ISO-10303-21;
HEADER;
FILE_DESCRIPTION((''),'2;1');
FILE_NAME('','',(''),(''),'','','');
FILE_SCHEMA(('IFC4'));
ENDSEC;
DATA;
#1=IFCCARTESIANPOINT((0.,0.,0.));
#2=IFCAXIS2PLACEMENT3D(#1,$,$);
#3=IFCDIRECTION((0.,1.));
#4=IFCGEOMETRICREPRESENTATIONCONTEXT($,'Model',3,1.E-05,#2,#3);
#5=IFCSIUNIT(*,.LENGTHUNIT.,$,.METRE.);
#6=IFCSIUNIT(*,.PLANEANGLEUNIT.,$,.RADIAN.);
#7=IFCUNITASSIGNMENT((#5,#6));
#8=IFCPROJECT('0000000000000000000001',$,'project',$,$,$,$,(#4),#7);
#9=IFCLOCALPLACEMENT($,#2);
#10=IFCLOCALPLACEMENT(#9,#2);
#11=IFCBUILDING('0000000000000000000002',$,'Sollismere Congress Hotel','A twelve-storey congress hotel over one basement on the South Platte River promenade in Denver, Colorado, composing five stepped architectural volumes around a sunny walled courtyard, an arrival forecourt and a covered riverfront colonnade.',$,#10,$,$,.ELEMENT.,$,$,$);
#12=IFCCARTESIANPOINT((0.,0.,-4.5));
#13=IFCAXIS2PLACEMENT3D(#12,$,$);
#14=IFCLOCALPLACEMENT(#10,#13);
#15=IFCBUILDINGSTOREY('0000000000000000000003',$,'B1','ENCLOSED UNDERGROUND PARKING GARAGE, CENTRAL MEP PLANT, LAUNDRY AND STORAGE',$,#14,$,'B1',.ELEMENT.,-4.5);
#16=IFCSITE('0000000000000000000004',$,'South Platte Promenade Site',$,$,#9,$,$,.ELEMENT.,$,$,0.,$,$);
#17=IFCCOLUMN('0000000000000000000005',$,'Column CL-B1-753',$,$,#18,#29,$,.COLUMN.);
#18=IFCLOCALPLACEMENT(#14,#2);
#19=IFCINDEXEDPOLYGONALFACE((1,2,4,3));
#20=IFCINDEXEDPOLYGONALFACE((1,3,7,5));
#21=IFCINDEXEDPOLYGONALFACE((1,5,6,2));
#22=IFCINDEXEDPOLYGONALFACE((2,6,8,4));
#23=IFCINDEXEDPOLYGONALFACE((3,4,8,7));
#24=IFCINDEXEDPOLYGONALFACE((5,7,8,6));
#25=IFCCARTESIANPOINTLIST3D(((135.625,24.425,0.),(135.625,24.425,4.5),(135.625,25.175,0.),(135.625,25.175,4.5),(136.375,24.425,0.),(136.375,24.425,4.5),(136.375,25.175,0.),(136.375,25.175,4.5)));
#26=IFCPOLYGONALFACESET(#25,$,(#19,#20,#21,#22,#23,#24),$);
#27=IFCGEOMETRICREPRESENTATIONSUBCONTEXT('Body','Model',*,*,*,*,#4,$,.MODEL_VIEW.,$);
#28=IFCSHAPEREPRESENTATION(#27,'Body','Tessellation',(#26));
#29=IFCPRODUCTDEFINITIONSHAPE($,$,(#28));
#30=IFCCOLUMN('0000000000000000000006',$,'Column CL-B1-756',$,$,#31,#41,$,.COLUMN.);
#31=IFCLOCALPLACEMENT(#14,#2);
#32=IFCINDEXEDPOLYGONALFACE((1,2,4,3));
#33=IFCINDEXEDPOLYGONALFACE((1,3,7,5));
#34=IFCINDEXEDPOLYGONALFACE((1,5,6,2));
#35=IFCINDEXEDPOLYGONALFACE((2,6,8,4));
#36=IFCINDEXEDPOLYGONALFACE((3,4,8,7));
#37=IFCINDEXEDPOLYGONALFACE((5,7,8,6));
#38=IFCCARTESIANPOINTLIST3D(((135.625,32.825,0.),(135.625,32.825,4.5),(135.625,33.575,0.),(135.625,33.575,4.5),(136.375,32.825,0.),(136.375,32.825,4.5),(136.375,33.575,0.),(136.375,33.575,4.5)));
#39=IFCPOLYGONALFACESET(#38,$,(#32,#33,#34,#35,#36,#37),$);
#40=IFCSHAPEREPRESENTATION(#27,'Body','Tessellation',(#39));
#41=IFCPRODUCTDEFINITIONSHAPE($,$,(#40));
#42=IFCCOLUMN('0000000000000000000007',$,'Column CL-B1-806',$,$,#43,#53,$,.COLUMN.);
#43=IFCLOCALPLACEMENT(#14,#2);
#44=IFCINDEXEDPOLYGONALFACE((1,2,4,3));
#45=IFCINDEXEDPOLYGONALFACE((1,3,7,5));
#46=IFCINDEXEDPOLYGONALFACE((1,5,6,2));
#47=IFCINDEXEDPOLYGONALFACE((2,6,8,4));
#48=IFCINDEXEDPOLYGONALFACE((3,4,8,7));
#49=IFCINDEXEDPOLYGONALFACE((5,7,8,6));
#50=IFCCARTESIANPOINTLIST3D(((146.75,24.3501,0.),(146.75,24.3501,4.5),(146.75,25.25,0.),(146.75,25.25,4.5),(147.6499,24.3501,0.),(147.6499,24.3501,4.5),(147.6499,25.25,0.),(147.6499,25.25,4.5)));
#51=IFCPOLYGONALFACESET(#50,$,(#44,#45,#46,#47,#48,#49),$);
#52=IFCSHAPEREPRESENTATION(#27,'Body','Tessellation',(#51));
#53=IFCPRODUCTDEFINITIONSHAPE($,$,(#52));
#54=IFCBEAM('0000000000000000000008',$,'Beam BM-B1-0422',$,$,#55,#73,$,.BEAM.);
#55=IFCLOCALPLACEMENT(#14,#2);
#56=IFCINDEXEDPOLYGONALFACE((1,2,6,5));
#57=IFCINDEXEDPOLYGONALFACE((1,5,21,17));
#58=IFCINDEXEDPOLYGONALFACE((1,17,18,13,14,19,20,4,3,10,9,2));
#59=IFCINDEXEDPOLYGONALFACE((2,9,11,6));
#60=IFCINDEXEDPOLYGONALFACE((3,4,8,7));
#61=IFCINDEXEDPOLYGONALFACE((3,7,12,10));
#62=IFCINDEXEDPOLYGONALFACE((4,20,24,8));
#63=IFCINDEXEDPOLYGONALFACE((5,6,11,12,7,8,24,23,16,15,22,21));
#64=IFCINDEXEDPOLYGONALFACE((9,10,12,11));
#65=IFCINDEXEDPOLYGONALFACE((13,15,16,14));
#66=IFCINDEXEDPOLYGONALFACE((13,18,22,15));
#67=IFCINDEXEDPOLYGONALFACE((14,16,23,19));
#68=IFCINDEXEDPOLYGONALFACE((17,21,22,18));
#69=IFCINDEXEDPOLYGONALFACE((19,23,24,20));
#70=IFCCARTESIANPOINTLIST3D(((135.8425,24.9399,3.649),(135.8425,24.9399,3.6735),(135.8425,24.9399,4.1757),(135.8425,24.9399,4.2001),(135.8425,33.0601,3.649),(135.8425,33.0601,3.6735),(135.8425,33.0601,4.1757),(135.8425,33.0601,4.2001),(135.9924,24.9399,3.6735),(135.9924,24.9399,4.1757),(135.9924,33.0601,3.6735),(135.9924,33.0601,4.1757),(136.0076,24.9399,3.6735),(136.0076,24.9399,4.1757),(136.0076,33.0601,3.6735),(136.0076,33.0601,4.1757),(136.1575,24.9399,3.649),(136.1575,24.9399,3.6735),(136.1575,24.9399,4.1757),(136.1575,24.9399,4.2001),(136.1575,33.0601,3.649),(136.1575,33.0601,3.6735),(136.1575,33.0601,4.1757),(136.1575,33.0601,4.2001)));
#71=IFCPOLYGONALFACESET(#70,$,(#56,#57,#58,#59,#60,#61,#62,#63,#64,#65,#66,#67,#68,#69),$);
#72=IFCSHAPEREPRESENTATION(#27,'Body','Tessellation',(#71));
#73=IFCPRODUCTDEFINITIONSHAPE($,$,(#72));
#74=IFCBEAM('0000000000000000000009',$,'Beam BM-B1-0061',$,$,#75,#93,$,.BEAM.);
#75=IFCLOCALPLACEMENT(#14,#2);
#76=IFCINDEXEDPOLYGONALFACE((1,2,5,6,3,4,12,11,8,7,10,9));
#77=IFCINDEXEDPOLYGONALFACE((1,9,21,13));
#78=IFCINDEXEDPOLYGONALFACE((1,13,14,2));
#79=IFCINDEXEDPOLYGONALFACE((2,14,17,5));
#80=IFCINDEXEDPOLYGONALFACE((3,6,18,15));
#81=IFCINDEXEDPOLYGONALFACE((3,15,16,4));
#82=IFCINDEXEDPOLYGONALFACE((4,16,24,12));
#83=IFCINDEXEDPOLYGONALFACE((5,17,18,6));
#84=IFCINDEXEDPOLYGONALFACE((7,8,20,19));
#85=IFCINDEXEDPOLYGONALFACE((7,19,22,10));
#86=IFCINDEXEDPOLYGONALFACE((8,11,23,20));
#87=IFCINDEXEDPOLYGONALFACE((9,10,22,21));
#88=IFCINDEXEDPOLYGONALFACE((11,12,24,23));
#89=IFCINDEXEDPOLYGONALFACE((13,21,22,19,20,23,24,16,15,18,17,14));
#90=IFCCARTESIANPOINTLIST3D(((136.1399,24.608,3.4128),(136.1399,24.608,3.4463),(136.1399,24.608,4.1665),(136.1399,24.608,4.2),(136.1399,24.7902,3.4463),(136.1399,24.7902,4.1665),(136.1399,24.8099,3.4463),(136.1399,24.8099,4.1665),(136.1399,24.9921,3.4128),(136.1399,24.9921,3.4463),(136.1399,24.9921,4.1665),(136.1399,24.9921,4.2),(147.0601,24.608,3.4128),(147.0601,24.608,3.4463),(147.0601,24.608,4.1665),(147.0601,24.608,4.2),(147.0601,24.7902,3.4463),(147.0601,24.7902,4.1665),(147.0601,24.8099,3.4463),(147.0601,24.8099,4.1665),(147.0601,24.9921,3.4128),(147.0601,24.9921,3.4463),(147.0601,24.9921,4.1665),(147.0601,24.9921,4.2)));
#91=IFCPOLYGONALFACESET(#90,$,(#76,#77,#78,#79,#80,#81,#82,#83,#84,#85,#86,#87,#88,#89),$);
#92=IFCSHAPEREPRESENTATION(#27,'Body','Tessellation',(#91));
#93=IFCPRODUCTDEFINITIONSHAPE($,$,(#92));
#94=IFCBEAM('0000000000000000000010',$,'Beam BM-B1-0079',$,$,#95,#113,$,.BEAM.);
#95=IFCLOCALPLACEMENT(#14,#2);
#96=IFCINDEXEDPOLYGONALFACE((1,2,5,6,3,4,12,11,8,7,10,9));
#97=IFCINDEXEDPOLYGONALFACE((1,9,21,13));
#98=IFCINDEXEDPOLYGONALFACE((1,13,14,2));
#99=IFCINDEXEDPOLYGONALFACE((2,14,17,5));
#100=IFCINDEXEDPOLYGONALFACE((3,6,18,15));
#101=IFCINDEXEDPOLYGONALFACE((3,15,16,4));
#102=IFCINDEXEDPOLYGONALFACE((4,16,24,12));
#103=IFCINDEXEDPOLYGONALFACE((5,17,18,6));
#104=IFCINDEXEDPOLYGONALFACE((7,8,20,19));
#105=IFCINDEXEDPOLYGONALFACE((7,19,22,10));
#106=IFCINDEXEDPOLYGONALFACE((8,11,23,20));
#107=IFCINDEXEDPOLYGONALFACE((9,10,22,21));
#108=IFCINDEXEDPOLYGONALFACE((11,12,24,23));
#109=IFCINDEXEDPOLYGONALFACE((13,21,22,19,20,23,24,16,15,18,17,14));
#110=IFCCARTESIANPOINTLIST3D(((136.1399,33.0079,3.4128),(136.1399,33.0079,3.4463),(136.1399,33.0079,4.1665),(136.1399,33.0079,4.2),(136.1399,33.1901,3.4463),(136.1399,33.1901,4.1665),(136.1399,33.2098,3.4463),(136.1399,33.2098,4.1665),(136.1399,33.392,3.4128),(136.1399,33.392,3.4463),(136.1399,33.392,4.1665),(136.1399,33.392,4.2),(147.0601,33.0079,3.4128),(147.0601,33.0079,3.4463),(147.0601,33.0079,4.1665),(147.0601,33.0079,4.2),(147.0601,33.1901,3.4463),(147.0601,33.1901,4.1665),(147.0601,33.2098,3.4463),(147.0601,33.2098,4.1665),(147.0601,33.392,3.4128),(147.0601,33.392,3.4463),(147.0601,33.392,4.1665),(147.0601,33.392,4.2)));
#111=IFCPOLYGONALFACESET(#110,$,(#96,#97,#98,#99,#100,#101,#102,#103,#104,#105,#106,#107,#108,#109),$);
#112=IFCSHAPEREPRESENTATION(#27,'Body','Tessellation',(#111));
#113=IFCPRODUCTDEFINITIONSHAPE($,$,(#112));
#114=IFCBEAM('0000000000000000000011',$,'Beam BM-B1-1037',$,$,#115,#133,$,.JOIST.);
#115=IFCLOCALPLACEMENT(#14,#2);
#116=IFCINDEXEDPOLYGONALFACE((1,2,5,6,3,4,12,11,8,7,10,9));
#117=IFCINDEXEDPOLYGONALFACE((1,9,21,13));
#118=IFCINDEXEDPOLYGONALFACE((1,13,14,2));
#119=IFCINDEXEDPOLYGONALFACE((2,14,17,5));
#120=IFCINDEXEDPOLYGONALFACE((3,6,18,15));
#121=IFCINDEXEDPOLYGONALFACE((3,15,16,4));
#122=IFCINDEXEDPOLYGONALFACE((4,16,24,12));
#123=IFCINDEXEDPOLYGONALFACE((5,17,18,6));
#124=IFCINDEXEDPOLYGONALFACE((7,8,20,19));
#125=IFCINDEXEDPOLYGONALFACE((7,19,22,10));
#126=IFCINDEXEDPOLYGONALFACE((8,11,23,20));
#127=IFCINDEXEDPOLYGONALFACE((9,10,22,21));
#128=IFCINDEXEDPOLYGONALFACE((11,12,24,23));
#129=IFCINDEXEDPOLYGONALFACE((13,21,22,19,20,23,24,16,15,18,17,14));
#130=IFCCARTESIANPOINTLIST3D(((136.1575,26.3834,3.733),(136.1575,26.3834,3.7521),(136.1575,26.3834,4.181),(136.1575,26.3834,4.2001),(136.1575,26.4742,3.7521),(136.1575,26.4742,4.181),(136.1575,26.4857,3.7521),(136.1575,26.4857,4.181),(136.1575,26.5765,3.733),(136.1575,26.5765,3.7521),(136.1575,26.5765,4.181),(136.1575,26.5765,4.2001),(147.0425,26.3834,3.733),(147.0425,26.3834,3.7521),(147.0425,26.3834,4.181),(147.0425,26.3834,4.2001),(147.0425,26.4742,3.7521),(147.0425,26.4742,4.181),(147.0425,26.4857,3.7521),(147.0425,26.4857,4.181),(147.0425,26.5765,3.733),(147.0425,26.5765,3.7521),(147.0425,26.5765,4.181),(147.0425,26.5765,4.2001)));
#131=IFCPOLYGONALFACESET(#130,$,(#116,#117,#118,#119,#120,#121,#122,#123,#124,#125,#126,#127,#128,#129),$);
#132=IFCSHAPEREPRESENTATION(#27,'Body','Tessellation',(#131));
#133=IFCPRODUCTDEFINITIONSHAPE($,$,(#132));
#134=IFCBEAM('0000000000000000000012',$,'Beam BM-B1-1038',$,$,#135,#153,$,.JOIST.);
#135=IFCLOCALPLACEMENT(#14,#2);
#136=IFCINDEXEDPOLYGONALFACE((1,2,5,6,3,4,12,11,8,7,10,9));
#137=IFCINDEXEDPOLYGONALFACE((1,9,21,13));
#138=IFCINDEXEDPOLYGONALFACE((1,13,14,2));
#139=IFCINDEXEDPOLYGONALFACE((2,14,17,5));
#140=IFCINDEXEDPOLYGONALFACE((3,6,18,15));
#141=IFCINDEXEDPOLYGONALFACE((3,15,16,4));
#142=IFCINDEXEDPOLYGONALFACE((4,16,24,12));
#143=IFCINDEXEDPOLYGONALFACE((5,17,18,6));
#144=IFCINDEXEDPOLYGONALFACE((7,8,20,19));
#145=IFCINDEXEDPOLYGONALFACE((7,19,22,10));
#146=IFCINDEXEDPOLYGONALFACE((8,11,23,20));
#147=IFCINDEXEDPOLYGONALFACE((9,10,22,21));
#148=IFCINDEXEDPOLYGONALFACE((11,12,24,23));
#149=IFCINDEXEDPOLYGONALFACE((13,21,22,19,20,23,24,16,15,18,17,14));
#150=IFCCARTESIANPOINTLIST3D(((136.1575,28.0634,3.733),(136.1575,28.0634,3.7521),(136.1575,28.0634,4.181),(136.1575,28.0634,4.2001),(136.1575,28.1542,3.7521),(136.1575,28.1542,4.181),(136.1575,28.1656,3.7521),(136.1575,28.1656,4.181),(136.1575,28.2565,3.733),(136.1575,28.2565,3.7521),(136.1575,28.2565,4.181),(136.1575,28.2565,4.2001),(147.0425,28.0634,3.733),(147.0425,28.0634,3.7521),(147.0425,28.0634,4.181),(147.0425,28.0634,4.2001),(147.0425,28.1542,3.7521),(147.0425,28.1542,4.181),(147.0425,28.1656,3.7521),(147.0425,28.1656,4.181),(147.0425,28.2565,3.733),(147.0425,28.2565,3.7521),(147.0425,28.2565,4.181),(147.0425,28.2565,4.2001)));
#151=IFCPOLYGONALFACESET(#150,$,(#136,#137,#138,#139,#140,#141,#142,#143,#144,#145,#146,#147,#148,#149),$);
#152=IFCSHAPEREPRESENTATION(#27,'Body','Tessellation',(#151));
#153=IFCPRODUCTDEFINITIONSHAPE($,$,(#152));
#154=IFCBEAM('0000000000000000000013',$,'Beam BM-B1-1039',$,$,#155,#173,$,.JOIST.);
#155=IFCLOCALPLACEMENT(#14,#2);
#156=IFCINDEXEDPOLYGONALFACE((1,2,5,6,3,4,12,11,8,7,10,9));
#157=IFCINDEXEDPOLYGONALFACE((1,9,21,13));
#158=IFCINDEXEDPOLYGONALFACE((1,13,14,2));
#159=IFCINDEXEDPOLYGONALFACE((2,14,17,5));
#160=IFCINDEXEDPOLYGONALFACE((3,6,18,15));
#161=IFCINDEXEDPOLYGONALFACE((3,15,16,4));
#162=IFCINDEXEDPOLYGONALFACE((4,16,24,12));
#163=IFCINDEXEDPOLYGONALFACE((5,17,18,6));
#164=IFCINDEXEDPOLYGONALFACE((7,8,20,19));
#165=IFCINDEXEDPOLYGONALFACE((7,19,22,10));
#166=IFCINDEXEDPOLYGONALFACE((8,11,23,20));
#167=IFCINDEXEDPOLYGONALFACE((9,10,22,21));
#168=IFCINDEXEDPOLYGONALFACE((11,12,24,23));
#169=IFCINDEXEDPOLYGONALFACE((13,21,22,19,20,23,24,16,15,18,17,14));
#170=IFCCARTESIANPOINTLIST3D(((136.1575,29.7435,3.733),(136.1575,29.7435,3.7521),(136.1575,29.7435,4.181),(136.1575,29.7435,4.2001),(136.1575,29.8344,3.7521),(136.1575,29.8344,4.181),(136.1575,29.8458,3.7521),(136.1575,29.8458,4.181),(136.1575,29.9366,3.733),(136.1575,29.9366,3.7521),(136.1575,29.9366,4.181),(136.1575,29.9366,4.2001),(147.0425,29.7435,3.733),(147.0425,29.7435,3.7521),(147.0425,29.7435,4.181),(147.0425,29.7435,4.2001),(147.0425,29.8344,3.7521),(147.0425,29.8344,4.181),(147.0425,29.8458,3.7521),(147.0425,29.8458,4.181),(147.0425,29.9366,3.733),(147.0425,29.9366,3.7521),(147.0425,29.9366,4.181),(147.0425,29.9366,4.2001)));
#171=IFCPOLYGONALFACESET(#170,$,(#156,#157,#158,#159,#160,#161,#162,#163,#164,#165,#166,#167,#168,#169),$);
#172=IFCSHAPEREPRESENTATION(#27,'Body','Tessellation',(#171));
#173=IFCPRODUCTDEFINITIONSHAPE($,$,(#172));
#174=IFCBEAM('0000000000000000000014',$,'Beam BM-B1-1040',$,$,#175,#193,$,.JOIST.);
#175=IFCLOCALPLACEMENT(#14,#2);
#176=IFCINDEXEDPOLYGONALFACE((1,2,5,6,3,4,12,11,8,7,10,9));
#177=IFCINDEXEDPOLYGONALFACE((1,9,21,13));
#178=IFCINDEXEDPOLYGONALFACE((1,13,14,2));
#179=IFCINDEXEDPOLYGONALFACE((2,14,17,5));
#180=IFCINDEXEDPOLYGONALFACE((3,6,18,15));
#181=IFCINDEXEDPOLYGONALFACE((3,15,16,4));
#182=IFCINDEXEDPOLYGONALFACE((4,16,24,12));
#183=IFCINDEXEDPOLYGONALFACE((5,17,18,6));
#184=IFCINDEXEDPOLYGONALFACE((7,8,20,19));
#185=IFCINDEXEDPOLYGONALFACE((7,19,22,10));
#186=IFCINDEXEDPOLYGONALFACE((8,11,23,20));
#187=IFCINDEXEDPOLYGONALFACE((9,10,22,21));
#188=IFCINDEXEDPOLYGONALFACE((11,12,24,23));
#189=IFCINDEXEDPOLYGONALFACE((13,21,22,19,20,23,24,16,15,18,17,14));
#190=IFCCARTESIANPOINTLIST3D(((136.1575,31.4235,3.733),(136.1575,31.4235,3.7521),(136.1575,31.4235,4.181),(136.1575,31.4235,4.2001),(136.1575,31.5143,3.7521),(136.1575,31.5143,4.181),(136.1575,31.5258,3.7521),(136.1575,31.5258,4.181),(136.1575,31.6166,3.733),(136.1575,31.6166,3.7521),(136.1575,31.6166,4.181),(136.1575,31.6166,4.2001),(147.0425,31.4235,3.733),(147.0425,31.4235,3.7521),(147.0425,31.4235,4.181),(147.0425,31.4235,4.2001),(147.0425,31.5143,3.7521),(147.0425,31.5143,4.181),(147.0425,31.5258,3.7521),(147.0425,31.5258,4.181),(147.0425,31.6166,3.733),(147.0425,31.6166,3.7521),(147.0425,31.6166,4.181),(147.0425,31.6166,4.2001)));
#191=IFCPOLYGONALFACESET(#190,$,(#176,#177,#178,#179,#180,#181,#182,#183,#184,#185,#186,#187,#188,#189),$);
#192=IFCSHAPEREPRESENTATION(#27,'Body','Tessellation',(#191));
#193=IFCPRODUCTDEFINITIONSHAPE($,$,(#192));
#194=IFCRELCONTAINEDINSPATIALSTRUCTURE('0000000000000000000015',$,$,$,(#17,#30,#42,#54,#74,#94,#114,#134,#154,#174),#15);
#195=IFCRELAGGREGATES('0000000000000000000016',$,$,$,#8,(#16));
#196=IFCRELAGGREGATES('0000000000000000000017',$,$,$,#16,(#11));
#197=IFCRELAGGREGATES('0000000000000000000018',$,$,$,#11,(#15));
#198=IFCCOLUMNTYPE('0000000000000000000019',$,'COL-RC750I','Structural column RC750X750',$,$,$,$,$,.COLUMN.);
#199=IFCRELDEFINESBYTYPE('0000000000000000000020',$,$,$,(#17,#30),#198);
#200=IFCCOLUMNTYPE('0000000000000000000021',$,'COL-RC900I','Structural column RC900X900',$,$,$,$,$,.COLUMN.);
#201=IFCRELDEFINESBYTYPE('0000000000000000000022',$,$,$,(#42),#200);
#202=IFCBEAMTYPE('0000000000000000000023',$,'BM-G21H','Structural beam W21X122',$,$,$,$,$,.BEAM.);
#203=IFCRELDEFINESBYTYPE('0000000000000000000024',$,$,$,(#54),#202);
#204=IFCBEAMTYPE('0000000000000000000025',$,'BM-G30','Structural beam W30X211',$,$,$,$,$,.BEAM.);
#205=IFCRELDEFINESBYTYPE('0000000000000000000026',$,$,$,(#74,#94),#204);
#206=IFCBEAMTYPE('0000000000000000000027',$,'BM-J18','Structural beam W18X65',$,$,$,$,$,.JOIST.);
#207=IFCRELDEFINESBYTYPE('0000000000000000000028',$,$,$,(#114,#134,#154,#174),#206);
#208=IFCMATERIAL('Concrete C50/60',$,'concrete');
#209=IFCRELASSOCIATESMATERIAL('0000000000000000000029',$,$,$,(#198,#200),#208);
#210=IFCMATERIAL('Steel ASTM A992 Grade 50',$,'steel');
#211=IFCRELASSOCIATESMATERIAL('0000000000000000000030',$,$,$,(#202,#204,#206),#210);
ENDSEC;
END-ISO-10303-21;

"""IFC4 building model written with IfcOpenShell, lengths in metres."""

from ifc_helpers import new_model, si_unit, direction, frame, origin, origin_2d, place, context, subcontext, project, spatial, rectangle, i_section, extrude, material, material_profile, profile_set, type_object, element, save


model = new_model("IFC4")

# Units and contexts
model_context = context("Model", 3, precision=1e-05, world=origin(), true_north=direction((0.0, 1.0)))
body_context = subcontext(model_context, "Body", "Model", "MODEL_VIEW")
ifc_project = project(units=[si_unit("LENGTHUNIT", "METRE"), si_unit("PLANEANGLEUNIT", "RADIAN")], contexts=[model_context])

# Site, building, storey
site_placement = place(None, origin())
site = spatial("IfcSite", under=ifc_project, at=site_placement, Name="South Platte Promenade Site", CompositionType="ELEMENT", RefElevation=0.0)
building_placement = place(site_placement, origin())
building = spatial("IfcBuilding", under=site, at=building_placement, Name="Sollismere Congress Hotel", Description="A twelve-storey congress hotel over one basement on the South Platte River promenade in Denver, Colorado, composing five stepped architectural volumes around a sunny walled courtyard, an arrival forecourt and a covered riverfront colonnade.", CompositionType="ELEMENT")
storey_placement = place(building_placement, frame((0.0, 0.0, -4.5)))
storey = spatial("IfcBuildingStorey", under=building, at=storey_placement, Name="B1", Description="ENCLOSED UNDERGROUND PARKING GARAGE, CENTRAL MEP PLANT, LAUNDRY AND STORAGE", LongName="B1", CompositionType="ELEMENT", Elevation=-4.5)

# Columns
ifc_material_1 = material(Name="Concrete C50/60", Category="concrete")
ifc_material_profile_1 = material_profile(ifc_material_1, rectangle(XDim=0.75, YDim=0.75, at=origin_2d()), Name="RC750X750")
ifc_profile_set_1 = profile_set([ifc_material_profile_1], Name="Concrete C50/60")
column_type_1 = type_object("IfcColumnType", Name="COL-RC750I", Description="Structural column RC750X750", PredefinedType="COLUMN", material=ifc_profile_set_1)
for number, where, z_axis, x_axis, name in (
    (1, (136.0, 24.8, 0.0), (0.0, 0.0, 1.0), (0.0, 1.0, 0.0), "Column CL-B1-753"),
    (2, (136.0, 33.2, 0.0), (0.0, 0.0, 1.0), (1.0, 0.0, 0.0), "Column CL-B1-756"),
):
    element("IfcColumn", number, at=place(storey_placement, frame(where, z_axis=z_axis, x_axis=x_axis)), inside=storey, type_object=column_type_1, Name=name, PredefinedType="COLUMN", context=body_context, shape_type="SweptSolid", body=[
        extrude(rectangle(XDim=0.75, YDim=0.75, at=origin_2d()), origin(), (0.0, 0.0, 1.0), 4.5),
    ])
ifc_material_profile_2 = material_profile(ifc_material_1, rectangle(XDim=0.8999, YDim=0.8999, at=origin_2d()), Name="RC900X900")
ifc_profile_set_2 = profile_set([ifc_material_profile_2], Name="Concrete C50/60")
column_type_2 = type_object("IfcColumnType", Name="COL-RC900I", Description="Structural column RC900X900", PredefinedType="COLUMN", material=ifc_profile_set_2)
column_placement = place(storey_placement, frame((147.2, 24.8, 0.0), z_axis=(0.0, 0.0, 1.0), x_axis=(0.0, 1.0, 0.0)))
element("IfcColumn", 3, at=column_placement, inside=storey, type_object=column_type_2, Name="Column CL-B1-806", PredefinedType="COLUMN", context=body_context, shape_type="SweptSolid", body=[
    extrude(rectangle(XDim=0.8999, YDim=0.8999, at=origin_2d()), origin(), (0.0, 0.0, 1.0), 4.5),
])

# Beams
ifc_material_2 = material(Name="Steel ASTM A992 Grade 50", Category="steel")
ifc_material_profile_3 = material_profile(ifc_material_2, i_section(OverallWidth=0.3149, OverallDepth=0.551, WebThickness=0.0151, FlangeThickness=0.0244, at=origin_2d()), Name="W21X122")
ifc_profile_set_3 = profile_set([ifc_material_profile_3], Name="Steel ASTM A992 Grade 50")
beam_type_1 = type_object("IfcBeamType", Name="BM-G21H", Description="Structural beam W21X122", PredefinedType="BEAM", material=ifc_profile_set_3)
beam_placement = place(storey_placement, frame((136.0, 24.9399, 3.9246), z_axis=(0.0, 1.0, 0.0), x_axis=(-1.0, 0.0, 0.0)))
element("IfcBeam", 4, at=beam_placement, inside=storey, type_object=beam_type_1, Name="Beam BM-B1-0422", PredefinedType="BEAM", context=body_context, shape_type="SweptSolid", body=[
    extrude(i_section(OverallWidth=0.3149, OverallDepth=0.551, WebThickness=0.0151, FlangeThickness=0.0244, at=origin_2d()), origin(), (0.0, 0.0, 1.0), 8.1201),
])
ifc_material_profile_4 = material_profile(ifc_material_2, i_section(OverallWidth=0.384, OverallDepth=0.7871, WebThickness=0.0198, FlangeThickness=0.0334, at=origin_2d()), Name="W30X211")
ifc_profile_set_4 = profile_set([ifc_material_profile_4], Name="Steel ASTM A992 Grade 50")
beam_type_2 = type_object("IfcBeamType", Name="BM-G30", Description="Structural beam W30X211", PredefinedType="BEAM", material=ifc_profile_set_4)
for number, where, z_axis, x_axis, name in (
    (5, (136.1399, 24.8, 3.8064), (1.0, 0.0, 0.0), (0.0, 1.0, 0.0), "Beam BM-B1-0061"),
    (6, (136.1399, 33.2, 3.8064), (1.0, 0.0, 0.0), (0.0, 1.0, 0.0), "Beam BM-B1-0079"),
):
    element("IfcBeam", number, at=place(storey_placement, frame(where, z_axis=z_axis, x_axis=x_axis)), inside=storey, type_object=beam_type_2, Name=name, PredefinedType="BEAM", context=body_context, shape_type="SweptSolid", body=[
        extrude(i_section(OverallWidth=0.384, OverallDepth=0.7871, WebThickness=0.0198, FlangeThickness=0.0334, at=origin_2d()), origin(), (0.0, 0.0, 1.0), 10.9202),
    ])
ifc_material_profile_5 = material_profile(ifc_material_2, i_section(OverallWidth=0.1931, OverallDepth=0.467, WebThickness=0.0115, FlangeThickness=0.019, at=origin_2d()), Name="W18X65")
ifc_profile_set_5 = profile_set([ifc_material_profile_5], Name="Steel ASTM A992 Grade 50")
beam_type_3 = type_object("IfcBeamType", Name="BM-J18", Description="Structural beam W18X65", PredefinedType="JOIST", material=ifc_profile_set_5)
for number, where, z_axis, x_axis, name in (
    (7, (136.1575, 26.48, 3.9666), (1.0, 0.0, 0.0), (0.0, 1.0, 0.0), "Beam BM-B1-1037"),
    (8, (136.1575, 28.1599, 3.9666), (1.0, 0.0, 0.0), (0.0, 1.0, 0.0), "Beam BM-B1-1038"),
    (9, (136.1575, 29.8401, 3.9666), (1.0, 0.0, 0.0), (0.0, 1.0, 0.0), "Beam BM-B1-1039"),
    (10, (136.1575, 31.52, 3.9666), (1.0, 0.0, 0.0), (0.0, 1.0, 0.0), "Beam BM-B1-1040"),
):
    element("IfcBeam", number, at=place(storey_placement, frame(where, z_axis=z_axis, x_axis=x_axis)), inside=storey, type_object=beam_type_3, Name=name, PredefinedType="JOIST", context=body_context, shape_type="SweptSolid", body=[
        extrude(i_section(OverallWidth=0.1931, OverallDepth=0.467, WebThickness=0.0115, FlangeThickness=0.019, at=origin_2d()), origin(), (0.0, 0.0, 1.0), 10.885),
    ])

save(model, "model.ifc")
